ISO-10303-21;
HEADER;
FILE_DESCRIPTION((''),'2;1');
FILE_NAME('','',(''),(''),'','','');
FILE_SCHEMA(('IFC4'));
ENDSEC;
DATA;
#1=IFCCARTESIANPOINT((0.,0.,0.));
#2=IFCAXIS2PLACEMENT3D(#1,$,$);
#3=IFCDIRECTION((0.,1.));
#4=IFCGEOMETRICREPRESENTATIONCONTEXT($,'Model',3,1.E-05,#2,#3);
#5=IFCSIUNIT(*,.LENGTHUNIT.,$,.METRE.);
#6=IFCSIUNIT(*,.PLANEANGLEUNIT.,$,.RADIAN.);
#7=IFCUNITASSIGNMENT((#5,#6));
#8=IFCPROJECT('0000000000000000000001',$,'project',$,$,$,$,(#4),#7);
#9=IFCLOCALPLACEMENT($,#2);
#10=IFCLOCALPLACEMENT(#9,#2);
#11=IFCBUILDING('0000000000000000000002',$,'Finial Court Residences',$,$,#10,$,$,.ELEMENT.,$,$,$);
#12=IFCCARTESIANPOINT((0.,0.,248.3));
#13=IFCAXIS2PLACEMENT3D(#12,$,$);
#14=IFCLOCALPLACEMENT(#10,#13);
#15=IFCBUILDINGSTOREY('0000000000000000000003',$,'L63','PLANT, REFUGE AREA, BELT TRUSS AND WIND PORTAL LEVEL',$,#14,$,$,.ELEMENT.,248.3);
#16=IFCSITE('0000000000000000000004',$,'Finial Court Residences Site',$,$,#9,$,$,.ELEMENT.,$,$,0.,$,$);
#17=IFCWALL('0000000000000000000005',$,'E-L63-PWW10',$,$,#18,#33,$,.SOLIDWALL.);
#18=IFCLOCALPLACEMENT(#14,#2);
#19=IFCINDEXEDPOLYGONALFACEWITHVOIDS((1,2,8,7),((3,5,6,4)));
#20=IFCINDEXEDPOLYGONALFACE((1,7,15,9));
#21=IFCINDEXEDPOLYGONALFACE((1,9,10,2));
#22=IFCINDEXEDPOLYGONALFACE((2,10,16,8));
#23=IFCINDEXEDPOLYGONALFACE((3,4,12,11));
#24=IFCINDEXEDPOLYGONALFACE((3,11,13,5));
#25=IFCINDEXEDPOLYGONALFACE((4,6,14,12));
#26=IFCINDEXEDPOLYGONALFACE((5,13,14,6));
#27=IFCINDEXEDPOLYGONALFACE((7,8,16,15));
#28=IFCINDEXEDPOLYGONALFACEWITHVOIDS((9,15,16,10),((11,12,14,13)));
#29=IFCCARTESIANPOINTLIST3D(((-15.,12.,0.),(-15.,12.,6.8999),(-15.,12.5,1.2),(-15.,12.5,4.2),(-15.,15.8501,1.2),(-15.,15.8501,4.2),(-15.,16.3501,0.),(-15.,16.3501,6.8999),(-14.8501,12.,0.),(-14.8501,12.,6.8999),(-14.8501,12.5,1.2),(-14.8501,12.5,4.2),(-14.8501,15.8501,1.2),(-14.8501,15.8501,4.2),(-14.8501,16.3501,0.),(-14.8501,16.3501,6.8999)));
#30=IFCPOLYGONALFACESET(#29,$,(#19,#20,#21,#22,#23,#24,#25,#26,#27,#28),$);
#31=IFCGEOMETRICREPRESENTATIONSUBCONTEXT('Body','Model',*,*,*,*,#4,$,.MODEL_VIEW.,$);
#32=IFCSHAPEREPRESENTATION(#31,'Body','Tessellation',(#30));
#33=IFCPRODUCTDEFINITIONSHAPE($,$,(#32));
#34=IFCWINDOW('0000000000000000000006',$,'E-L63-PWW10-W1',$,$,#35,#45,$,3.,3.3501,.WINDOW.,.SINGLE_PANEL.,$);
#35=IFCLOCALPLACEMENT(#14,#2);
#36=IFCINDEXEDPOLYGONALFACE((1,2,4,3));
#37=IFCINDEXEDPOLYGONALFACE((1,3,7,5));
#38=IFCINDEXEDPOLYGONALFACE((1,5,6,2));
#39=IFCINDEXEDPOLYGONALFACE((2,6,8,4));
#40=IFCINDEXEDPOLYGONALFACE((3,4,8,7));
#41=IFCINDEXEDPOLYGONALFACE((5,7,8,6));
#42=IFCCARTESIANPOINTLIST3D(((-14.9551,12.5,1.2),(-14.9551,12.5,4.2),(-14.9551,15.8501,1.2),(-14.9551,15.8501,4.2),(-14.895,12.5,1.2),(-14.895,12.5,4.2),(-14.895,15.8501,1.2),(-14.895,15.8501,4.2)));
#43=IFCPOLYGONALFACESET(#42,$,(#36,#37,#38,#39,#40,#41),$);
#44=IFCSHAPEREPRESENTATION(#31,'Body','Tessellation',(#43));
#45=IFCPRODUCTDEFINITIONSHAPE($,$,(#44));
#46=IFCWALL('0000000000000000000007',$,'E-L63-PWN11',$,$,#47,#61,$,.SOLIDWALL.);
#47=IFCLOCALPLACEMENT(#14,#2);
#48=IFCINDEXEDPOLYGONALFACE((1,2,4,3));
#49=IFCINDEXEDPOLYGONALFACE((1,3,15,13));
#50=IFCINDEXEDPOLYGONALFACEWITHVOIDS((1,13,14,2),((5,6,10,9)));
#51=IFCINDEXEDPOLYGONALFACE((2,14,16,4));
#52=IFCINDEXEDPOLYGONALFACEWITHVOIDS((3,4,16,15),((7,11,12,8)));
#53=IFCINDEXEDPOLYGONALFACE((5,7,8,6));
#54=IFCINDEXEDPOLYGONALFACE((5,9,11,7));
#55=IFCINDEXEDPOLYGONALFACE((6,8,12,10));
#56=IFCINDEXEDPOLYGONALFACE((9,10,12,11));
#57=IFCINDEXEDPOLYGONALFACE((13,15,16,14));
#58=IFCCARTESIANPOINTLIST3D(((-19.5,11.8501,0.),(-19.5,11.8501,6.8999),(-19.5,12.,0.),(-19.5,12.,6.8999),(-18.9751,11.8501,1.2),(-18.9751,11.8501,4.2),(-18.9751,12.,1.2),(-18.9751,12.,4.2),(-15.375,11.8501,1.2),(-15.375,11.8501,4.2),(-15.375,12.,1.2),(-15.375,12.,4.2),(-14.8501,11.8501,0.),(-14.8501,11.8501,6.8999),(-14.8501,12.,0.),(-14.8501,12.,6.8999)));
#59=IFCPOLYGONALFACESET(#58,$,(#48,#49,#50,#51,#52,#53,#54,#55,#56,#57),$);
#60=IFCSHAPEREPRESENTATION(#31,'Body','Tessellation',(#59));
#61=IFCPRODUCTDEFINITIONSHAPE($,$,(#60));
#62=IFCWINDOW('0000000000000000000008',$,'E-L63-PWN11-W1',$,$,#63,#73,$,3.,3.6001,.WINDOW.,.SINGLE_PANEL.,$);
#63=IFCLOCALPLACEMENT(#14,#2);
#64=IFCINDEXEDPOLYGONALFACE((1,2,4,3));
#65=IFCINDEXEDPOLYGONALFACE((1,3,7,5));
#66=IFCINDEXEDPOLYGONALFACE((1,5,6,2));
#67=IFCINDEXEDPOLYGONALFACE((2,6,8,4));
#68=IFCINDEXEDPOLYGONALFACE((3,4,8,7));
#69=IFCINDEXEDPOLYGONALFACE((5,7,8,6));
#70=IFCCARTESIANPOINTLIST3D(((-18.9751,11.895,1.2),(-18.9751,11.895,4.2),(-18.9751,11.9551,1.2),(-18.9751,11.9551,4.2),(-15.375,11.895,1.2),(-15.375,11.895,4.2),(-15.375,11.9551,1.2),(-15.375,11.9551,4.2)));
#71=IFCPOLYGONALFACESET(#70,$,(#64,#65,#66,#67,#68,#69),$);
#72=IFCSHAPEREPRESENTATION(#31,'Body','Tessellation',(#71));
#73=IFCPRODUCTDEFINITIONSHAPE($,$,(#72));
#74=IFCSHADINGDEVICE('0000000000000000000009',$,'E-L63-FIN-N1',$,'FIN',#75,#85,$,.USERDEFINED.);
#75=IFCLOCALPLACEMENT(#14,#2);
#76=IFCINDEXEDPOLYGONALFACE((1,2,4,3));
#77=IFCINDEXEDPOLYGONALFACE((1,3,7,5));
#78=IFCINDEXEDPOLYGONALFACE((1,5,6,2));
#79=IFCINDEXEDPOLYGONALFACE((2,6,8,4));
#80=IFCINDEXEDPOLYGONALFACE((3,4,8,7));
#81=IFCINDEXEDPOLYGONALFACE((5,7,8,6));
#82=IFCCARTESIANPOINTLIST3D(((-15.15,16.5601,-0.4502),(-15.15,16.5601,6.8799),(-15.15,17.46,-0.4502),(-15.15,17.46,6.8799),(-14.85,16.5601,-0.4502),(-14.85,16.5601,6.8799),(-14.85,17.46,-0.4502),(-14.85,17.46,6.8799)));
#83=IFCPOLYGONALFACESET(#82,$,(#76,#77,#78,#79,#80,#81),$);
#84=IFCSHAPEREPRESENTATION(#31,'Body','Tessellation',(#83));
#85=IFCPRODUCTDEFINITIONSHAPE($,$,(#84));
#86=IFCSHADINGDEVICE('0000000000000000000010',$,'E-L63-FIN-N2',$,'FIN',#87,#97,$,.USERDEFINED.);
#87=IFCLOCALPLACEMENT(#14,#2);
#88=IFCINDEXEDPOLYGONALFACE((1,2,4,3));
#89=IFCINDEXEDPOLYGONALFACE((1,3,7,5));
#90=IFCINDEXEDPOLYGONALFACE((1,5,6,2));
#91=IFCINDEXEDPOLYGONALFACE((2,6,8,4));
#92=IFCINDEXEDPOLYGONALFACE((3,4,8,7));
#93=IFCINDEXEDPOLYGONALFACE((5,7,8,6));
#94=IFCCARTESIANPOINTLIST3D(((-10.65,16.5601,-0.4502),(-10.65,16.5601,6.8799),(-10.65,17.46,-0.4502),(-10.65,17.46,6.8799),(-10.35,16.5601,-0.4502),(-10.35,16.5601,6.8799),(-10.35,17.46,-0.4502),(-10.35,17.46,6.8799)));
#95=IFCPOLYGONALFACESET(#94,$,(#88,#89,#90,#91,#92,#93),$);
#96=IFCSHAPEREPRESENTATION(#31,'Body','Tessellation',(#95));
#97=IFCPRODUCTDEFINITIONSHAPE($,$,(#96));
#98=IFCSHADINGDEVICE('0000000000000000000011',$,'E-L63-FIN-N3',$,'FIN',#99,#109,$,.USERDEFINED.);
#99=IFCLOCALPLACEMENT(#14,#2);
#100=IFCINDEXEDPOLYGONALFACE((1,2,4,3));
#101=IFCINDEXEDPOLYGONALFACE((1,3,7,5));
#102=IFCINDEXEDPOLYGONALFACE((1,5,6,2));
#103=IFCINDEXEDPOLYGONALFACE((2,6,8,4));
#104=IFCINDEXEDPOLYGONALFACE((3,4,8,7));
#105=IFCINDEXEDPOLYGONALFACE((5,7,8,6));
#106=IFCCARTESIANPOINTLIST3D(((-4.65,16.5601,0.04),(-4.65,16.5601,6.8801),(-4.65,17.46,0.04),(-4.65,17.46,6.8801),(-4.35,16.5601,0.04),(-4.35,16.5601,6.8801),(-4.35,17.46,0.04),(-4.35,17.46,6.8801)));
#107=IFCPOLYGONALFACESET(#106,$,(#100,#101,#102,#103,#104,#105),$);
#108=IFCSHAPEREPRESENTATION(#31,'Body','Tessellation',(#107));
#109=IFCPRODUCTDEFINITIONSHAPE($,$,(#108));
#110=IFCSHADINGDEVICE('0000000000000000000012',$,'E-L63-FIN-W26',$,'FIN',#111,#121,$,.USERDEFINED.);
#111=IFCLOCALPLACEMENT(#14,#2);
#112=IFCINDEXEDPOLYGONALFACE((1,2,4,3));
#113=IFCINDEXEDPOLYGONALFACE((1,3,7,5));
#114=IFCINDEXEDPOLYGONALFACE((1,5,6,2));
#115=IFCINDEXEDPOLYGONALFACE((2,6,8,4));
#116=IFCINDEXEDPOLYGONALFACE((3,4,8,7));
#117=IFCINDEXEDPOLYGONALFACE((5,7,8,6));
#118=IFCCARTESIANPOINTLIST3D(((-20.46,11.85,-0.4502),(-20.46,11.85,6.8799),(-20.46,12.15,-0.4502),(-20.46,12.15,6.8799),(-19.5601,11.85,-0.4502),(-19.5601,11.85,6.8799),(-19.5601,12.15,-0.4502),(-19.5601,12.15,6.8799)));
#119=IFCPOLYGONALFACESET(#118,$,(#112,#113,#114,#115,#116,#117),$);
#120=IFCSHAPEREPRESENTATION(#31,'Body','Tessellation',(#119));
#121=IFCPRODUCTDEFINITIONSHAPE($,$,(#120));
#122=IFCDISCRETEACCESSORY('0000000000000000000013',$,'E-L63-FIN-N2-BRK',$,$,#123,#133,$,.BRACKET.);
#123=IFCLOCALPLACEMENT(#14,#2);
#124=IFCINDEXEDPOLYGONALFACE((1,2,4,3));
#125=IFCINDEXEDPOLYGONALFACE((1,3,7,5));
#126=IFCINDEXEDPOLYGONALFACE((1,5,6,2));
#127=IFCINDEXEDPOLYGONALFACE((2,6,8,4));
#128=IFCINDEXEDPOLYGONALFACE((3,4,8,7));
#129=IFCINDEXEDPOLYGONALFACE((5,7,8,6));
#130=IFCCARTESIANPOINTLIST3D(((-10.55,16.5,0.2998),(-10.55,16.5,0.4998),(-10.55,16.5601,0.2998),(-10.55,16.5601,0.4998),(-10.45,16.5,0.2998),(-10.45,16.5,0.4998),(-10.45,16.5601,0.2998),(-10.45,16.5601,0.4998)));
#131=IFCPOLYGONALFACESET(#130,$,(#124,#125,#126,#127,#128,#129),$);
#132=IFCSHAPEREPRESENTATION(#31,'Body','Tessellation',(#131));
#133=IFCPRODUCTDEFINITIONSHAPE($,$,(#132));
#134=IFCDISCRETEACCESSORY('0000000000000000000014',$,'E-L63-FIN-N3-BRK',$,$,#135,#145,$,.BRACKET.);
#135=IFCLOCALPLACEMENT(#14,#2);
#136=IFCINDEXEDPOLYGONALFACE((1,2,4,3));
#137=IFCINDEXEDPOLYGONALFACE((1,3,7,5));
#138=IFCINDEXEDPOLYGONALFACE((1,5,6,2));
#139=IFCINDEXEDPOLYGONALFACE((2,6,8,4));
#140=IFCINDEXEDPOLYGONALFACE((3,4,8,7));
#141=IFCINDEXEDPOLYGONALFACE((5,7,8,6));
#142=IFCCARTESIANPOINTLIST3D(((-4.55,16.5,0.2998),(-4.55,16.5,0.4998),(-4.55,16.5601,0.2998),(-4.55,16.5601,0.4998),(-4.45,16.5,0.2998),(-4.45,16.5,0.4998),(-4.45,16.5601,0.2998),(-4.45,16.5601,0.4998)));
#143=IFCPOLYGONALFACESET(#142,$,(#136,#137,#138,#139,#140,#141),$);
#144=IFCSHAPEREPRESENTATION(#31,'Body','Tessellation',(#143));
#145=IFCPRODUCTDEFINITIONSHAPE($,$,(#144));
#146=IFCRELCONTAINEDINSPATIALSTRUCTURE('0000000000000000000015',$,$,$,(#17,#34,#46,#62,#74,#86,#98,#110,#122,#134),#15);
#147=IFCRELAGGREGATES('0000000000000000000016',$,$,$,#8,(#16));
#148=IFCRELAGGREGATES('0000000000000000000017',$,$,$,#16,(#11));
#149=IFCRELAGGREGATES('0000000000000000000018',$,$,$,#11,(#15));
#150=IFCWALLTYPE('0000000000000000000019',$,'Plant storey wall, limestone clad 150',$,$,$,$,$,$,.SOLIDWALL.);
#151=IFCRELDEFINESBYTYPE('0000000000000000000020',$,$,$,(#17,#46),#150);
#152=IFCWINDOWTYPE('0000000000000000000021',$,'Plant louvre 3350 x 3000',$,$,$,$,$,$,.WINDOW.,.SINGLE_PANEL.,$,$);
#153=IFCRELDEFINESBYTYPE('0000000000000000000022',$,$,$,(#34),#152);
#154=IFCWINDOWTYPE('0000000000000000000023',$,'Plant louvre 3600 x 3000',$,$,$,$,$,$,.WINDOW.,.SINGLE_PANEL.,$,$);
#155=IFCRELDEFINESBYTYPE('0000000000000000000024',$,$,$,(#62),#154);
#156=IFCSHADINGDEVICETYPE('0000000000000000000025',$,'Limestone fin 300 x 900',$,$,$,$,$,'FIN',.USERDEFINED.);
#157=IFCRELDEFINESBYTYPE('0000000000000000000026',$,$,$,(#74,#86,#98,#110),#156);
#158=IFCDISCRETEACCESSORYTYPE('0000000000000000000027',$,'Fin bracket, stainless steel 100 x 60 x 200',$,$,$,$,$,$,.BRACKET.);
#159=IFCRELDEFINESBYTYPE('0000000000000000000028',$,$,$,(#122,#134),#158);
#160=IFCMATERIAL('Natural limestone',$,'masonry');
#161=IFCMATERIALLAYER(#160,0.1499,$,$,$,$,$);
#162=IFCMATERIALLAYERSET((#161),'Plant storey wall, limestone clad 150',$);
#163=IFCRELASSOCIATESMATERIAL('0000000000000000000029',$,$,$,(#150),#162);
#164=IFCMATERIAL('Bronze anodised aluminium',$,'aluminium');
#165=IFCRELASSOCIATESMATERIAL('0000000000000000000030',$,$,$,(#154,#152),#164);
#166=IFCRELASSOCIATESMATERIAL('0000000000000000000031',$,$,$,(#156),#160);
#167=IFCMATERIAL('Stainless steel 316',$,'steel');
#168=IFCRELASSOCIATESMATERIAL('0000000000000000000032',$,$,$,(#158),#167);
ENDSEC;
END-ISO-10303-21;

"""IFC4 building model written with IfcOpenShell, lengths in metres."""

from ifc_helpers import new_model, si_unit, direction, frame, frame_2d, origin, origin_2d, place, context, subcontext, project, spatial, rectangle, extrude, material, layer, layer_set, type_object, element, fill, save


model = new_model("IFC4")

# Units and contexts
model_context = context("Model", 3, precision=1e-05, world=origin(), true_north=direction((0.0, 1.0)))
body_context = subcontext(model_context, "Body", "Model", "MODEL_VIEW")
ifc_project = project(units=[si_unit("LENGTHUNIT", "METRE"), si_unit("PLANEANGLEUNIT", "RADIAN")], contexts=[model_context])

# Site, building, storey
site_placement = place(None, origin())
site = spatial("IfcSite", under=ifc_project, at=site_placement, Name="Finial Court Residences Site", CompositionType="ELEMENT", RefElevation=0.0)
building_placement = place(site_placement, origin())
building = spatial("IfcBuilding", under=site, at=building_placement, Name="Finial Court Residences", CompositionType="ELEMENT")
storey_placement = place(building_placement, frame((0.0, 0.0, 248.3)))
storey = spatial("IfcBuildingStorey", under=building, at=storey_placement, Name="L63", Description="PLANT, REFUGE AREA, BELT TRUSS AND WIND PORTAL LEVEL", CompositionType="ELEMENT", Elevation=248.3)

# Shared definitions
ifc_material_1 = material(Name="Natural limestone", Category="masonry")
ifc_layer_1 = layer(ifc_material_1, 0.1499)
ifc_layer_set_1 = layer_set([ifc_layer_1], Name="Plant storey wall, limestone clad 150")
wall_type_1 = type_object("IfcWallType", Name="Plant storey wall, limestone clad 150", PredefinedType="SOLIDWALL", material=ifc_layer_set_1)
ifc_material_2 = material(Name="Bronze anodised aluminium", Category="aluminium")
window_type_1 = type_object("IfcWindowType", Name="Plant louvre 3600 x 3000", PartitioningType="SINGLE_PANEL", PredefinedType="WINDOW", material=ifc_material_2)

# Walls, openings, windows
wall_1_placement = place(storey_placement, frame((-14.925, 12.0, 0.0), z_axis=(0.0, 0.0, 1.0), x_axis=(0.0, 1.0, 0.0)))
wall_1 = element("IfcWall", 1, at=wall_1_placement, inside=storey, type_object=wall_type_1, Name="E-L63-PWW10", PredefinedType="SOLIDWALL", context=body_context, shape_type="SweptSolid", body=[
    extrude(rectangle(XDim=4.3501, YDim=0.1499, at=frame_2d((2.175, 0.0))), origin(), (0.0, 0.0, 1.0), 6.8999),
])
opening_1_placement = place(wall_1_placement, frame((0.5, 0.0, 1.2)))
opening_1 = element("IfcOpeningElement", 2, at=opening_1_placement, cuts=wall_1, PredefinedType="OPENING", context=body_context, shape_type="SweptSolid", body=[
    extrude(rectangle(XDim=3.3501, YDim=3.0, at=frame_2d((1.675, 1.5))), frame((0.0, 0.085, 0.0), z_axis=(0.0, -1.0, 0.0), x_axis=(1.0, 0.0, 0.0)), (0.0, 0.0, 1.0), 0.1699),
])
window_type_2 = type_object("IfcWindowType", Name="Plant louvre 3350 x 3000", PartitioningType="SINGLE_PANEL", PredefinedType="WINDOW", material=ifc_material_2)
window_1_placement = place(opening_1_placement, origin())
window_1 = element("IfcWindow", 3, at=window_1_placement, inside=storey, type_object=window_type_2, Name="E-L63-PWW10-W1", OverallHeight=3.0, OverallWidth=3.3501, PartitioningType="SINGLE_PANEL", PredefinedType="WINDOW", context=body_context, shape_type="SweptSolid", body=[
    extrude(rectangle(XDim=3.3501, YDim=3.0, at=frame_2d((1.675, 1.5))), frame((0.0, 0.03, 0.0), z_axis=(0.0, -1.0, 0.0), x_axis=(1.0, 0.0, 0.0)), (0.0, 0.0, 1.0), 0.0601),
])
fill(opening_1, window_1)
wall_2_placement = place(storey_placement, frame((-19.5, 11.925, 0.0), z_axis=(0.0, 0.0, 1.0), x_axis=(1.0, 0.0, 0.0)))
wall_2 = element("IfcWall", 4, at=wall_2_placement, inside=storey, type_object=wall_type_1, Name="E-L63-PWN11", PredefinedType="SOLIDWALL", context=body_context, shape_type="SweptSolid", body=[
    extrude(rectangle(XDim=4.6499, YDim=0.1499, at=frame_2d((2.325, 0.0))), origin(), (0.0, 0.0, 1.0), 6.8999),
])
opening_2_placement = place(wall_2_placement, frame((0.5249, 0.0, 1.2)))
opening_2 = element("IfcOpeningElement", 5, at=opening_2_placement, cuts=wall_2, PredefinedType="OPENING", context=body_context, shape_type="SweptSolid", body=[
    extrude(rectangle(XDim=3.6001, YDim=3.0, at=frame_2d((1.8, 1.5))), frame((0.0, 0.085, 0.0), z_axis=(0.0, -1.0, 0.0), x_axis=(1.0, 0.0, 0.0)), (0.0, 0.0, 1.0), 0.1699),
])
window_2_placement = place(opening_2_placement, origin())
window_2 = element("IfcWindow", 6, at=window_2_placement, inside=storey, type_object=window_type_1, Name="E-L63-PWN11-W1", OverallHeight=3.0, OverallWidth=3.6001, PartitioningType="SINGLE_PANEL", PredefinedType="WINDOW", context=body_context, shape_type="SweptSolid", body=[
    extrude(rectangle(XDim=3.6001, YDim=3.0, at=frame_2d((1.8, 1.5))), frame((0.0, 0.03, 0.0), z_axis=(0.0, -1.0, 0.0), x_axis=(1.0, 0.0, 0.0)), (0.0, 0.0, 1.0), 0.0601),
])
fill(opening_2, window_2)

# Shading devices
shading_device_type = type_object("IfcShadingDeviceType", Name="Limestone fin 300 x 900", ElementType="FIN", PredefinedType="USERDEFINED", material=ifc_material_1)
for number, where, z_axis, x_axis, name in (
    (7, (-15.0, 17.01, -0.4502), (0.0, 0.0, 1.0), (1.0, 0.0, 0.0), "E-L63-FIN-N1"),
    (8, (-10.5, 17.01, -0.4502), (0.0, 0.0, 1.0), (1.0, 0.0, 0.0), "E-L63-FIN-N2"),
):
    element("IfcShadingDevice", number, at=place(storey_placement, frame(where, z_axis=z_axis, x_axis=x_axis)), inside=storey, type_object=shading_device_type, Name=name, ObjectType="FIN", PredefinedType="USERDEFINED", context=body_context, shape_type="SweptSolid", body=[
        extrude(rectangle(XDim=0.3, YDim=0.8999, at=origin_2d()), origin(), (0.0, 0.0, 1.0), 7.3301),
    ])
shading_device_1_placement = place(storey_placement, frame((-4.5, 17.01, 0.04), z_axis=(0.0, 0.0, 1.0), x_axis=(1.0, 0.0, 0.0)))
element("IfcShadingDevice", 9, at=shading_device_1_placement, inside=storey, type_object=shading_device_type, Name="E-L63-FIN-N3", ObjectType="FIN", PredefinedType="USERDEFINED", context=body_context, shape_type="SweptSolid", body=[
    extrude(rectangle(XDim=0.3, YDim=0.8999, at=origin_2d()), origin(), (0.0, 0.0, 1.0), 6.8401),
])
shading_device_2_placement = place(storey_placement, frame((-20.01, 12.0, -0.4502), z_axis=(0.0, 0.0, 1.0), x_axis=(1.0, 0.0, 0.0)))
element("IfcShadingDevice", 10, at=shading_device_2_placement, inside=storey, type_object=shading_device_type, Name="E-L63-FIN-W26", ObjectType="FIN", PredefinedType="USERDEFINED", context=body_context, shape_type="SweptSolid", body=[
    extrude(rectangle(XDim=0.8999, YDim=0.3, at=origin_2d()), origin(), (0.0, 0.0, 1.0), 7.3301),
])

# Discrete accessories
ifc_material_3 = material(Name="Stainless steel 316", Category="steel")
discrete_accessory_type = type_object("IfcDiscreteAccessoryType", Name="Fin bracket, stainless steel 100 x 60 x 200", PredefinedType="BRACKET", material=ifc_material_3)
for number, where, z_axis, x_axis, name in (
    (11, (-10.5, 16.53, 0.2998), (0.0, 0.0, 1.0), (1.0, 0.0, 0.0), "E-L63-FIN-N2-BRK"),
    (12, (-4.5, 16.53, 0.2998), (0.0, 0.0, 1.0), (1.0, 0.0, 0.0), "E-L63-FIN-N3-BRK"),
):
    element("IfcDiscreteAccessory", number, at=place(storey_placement, frame(where, z_axis=z_axis, x_axis=x_axis)), inside=storey, type_object=discrete_accessory_type, Name=name, PredefinedType="BRACKET", context=body_context, shape_type="SweptSolid", body=[
        extrude(rectangle(XDim=0.1001, YDim=0.0601, at=origin_2d()), origin(), (0.0, 0.0, 1.0), 0.2),
    ])

save(model, "model.ifc")
